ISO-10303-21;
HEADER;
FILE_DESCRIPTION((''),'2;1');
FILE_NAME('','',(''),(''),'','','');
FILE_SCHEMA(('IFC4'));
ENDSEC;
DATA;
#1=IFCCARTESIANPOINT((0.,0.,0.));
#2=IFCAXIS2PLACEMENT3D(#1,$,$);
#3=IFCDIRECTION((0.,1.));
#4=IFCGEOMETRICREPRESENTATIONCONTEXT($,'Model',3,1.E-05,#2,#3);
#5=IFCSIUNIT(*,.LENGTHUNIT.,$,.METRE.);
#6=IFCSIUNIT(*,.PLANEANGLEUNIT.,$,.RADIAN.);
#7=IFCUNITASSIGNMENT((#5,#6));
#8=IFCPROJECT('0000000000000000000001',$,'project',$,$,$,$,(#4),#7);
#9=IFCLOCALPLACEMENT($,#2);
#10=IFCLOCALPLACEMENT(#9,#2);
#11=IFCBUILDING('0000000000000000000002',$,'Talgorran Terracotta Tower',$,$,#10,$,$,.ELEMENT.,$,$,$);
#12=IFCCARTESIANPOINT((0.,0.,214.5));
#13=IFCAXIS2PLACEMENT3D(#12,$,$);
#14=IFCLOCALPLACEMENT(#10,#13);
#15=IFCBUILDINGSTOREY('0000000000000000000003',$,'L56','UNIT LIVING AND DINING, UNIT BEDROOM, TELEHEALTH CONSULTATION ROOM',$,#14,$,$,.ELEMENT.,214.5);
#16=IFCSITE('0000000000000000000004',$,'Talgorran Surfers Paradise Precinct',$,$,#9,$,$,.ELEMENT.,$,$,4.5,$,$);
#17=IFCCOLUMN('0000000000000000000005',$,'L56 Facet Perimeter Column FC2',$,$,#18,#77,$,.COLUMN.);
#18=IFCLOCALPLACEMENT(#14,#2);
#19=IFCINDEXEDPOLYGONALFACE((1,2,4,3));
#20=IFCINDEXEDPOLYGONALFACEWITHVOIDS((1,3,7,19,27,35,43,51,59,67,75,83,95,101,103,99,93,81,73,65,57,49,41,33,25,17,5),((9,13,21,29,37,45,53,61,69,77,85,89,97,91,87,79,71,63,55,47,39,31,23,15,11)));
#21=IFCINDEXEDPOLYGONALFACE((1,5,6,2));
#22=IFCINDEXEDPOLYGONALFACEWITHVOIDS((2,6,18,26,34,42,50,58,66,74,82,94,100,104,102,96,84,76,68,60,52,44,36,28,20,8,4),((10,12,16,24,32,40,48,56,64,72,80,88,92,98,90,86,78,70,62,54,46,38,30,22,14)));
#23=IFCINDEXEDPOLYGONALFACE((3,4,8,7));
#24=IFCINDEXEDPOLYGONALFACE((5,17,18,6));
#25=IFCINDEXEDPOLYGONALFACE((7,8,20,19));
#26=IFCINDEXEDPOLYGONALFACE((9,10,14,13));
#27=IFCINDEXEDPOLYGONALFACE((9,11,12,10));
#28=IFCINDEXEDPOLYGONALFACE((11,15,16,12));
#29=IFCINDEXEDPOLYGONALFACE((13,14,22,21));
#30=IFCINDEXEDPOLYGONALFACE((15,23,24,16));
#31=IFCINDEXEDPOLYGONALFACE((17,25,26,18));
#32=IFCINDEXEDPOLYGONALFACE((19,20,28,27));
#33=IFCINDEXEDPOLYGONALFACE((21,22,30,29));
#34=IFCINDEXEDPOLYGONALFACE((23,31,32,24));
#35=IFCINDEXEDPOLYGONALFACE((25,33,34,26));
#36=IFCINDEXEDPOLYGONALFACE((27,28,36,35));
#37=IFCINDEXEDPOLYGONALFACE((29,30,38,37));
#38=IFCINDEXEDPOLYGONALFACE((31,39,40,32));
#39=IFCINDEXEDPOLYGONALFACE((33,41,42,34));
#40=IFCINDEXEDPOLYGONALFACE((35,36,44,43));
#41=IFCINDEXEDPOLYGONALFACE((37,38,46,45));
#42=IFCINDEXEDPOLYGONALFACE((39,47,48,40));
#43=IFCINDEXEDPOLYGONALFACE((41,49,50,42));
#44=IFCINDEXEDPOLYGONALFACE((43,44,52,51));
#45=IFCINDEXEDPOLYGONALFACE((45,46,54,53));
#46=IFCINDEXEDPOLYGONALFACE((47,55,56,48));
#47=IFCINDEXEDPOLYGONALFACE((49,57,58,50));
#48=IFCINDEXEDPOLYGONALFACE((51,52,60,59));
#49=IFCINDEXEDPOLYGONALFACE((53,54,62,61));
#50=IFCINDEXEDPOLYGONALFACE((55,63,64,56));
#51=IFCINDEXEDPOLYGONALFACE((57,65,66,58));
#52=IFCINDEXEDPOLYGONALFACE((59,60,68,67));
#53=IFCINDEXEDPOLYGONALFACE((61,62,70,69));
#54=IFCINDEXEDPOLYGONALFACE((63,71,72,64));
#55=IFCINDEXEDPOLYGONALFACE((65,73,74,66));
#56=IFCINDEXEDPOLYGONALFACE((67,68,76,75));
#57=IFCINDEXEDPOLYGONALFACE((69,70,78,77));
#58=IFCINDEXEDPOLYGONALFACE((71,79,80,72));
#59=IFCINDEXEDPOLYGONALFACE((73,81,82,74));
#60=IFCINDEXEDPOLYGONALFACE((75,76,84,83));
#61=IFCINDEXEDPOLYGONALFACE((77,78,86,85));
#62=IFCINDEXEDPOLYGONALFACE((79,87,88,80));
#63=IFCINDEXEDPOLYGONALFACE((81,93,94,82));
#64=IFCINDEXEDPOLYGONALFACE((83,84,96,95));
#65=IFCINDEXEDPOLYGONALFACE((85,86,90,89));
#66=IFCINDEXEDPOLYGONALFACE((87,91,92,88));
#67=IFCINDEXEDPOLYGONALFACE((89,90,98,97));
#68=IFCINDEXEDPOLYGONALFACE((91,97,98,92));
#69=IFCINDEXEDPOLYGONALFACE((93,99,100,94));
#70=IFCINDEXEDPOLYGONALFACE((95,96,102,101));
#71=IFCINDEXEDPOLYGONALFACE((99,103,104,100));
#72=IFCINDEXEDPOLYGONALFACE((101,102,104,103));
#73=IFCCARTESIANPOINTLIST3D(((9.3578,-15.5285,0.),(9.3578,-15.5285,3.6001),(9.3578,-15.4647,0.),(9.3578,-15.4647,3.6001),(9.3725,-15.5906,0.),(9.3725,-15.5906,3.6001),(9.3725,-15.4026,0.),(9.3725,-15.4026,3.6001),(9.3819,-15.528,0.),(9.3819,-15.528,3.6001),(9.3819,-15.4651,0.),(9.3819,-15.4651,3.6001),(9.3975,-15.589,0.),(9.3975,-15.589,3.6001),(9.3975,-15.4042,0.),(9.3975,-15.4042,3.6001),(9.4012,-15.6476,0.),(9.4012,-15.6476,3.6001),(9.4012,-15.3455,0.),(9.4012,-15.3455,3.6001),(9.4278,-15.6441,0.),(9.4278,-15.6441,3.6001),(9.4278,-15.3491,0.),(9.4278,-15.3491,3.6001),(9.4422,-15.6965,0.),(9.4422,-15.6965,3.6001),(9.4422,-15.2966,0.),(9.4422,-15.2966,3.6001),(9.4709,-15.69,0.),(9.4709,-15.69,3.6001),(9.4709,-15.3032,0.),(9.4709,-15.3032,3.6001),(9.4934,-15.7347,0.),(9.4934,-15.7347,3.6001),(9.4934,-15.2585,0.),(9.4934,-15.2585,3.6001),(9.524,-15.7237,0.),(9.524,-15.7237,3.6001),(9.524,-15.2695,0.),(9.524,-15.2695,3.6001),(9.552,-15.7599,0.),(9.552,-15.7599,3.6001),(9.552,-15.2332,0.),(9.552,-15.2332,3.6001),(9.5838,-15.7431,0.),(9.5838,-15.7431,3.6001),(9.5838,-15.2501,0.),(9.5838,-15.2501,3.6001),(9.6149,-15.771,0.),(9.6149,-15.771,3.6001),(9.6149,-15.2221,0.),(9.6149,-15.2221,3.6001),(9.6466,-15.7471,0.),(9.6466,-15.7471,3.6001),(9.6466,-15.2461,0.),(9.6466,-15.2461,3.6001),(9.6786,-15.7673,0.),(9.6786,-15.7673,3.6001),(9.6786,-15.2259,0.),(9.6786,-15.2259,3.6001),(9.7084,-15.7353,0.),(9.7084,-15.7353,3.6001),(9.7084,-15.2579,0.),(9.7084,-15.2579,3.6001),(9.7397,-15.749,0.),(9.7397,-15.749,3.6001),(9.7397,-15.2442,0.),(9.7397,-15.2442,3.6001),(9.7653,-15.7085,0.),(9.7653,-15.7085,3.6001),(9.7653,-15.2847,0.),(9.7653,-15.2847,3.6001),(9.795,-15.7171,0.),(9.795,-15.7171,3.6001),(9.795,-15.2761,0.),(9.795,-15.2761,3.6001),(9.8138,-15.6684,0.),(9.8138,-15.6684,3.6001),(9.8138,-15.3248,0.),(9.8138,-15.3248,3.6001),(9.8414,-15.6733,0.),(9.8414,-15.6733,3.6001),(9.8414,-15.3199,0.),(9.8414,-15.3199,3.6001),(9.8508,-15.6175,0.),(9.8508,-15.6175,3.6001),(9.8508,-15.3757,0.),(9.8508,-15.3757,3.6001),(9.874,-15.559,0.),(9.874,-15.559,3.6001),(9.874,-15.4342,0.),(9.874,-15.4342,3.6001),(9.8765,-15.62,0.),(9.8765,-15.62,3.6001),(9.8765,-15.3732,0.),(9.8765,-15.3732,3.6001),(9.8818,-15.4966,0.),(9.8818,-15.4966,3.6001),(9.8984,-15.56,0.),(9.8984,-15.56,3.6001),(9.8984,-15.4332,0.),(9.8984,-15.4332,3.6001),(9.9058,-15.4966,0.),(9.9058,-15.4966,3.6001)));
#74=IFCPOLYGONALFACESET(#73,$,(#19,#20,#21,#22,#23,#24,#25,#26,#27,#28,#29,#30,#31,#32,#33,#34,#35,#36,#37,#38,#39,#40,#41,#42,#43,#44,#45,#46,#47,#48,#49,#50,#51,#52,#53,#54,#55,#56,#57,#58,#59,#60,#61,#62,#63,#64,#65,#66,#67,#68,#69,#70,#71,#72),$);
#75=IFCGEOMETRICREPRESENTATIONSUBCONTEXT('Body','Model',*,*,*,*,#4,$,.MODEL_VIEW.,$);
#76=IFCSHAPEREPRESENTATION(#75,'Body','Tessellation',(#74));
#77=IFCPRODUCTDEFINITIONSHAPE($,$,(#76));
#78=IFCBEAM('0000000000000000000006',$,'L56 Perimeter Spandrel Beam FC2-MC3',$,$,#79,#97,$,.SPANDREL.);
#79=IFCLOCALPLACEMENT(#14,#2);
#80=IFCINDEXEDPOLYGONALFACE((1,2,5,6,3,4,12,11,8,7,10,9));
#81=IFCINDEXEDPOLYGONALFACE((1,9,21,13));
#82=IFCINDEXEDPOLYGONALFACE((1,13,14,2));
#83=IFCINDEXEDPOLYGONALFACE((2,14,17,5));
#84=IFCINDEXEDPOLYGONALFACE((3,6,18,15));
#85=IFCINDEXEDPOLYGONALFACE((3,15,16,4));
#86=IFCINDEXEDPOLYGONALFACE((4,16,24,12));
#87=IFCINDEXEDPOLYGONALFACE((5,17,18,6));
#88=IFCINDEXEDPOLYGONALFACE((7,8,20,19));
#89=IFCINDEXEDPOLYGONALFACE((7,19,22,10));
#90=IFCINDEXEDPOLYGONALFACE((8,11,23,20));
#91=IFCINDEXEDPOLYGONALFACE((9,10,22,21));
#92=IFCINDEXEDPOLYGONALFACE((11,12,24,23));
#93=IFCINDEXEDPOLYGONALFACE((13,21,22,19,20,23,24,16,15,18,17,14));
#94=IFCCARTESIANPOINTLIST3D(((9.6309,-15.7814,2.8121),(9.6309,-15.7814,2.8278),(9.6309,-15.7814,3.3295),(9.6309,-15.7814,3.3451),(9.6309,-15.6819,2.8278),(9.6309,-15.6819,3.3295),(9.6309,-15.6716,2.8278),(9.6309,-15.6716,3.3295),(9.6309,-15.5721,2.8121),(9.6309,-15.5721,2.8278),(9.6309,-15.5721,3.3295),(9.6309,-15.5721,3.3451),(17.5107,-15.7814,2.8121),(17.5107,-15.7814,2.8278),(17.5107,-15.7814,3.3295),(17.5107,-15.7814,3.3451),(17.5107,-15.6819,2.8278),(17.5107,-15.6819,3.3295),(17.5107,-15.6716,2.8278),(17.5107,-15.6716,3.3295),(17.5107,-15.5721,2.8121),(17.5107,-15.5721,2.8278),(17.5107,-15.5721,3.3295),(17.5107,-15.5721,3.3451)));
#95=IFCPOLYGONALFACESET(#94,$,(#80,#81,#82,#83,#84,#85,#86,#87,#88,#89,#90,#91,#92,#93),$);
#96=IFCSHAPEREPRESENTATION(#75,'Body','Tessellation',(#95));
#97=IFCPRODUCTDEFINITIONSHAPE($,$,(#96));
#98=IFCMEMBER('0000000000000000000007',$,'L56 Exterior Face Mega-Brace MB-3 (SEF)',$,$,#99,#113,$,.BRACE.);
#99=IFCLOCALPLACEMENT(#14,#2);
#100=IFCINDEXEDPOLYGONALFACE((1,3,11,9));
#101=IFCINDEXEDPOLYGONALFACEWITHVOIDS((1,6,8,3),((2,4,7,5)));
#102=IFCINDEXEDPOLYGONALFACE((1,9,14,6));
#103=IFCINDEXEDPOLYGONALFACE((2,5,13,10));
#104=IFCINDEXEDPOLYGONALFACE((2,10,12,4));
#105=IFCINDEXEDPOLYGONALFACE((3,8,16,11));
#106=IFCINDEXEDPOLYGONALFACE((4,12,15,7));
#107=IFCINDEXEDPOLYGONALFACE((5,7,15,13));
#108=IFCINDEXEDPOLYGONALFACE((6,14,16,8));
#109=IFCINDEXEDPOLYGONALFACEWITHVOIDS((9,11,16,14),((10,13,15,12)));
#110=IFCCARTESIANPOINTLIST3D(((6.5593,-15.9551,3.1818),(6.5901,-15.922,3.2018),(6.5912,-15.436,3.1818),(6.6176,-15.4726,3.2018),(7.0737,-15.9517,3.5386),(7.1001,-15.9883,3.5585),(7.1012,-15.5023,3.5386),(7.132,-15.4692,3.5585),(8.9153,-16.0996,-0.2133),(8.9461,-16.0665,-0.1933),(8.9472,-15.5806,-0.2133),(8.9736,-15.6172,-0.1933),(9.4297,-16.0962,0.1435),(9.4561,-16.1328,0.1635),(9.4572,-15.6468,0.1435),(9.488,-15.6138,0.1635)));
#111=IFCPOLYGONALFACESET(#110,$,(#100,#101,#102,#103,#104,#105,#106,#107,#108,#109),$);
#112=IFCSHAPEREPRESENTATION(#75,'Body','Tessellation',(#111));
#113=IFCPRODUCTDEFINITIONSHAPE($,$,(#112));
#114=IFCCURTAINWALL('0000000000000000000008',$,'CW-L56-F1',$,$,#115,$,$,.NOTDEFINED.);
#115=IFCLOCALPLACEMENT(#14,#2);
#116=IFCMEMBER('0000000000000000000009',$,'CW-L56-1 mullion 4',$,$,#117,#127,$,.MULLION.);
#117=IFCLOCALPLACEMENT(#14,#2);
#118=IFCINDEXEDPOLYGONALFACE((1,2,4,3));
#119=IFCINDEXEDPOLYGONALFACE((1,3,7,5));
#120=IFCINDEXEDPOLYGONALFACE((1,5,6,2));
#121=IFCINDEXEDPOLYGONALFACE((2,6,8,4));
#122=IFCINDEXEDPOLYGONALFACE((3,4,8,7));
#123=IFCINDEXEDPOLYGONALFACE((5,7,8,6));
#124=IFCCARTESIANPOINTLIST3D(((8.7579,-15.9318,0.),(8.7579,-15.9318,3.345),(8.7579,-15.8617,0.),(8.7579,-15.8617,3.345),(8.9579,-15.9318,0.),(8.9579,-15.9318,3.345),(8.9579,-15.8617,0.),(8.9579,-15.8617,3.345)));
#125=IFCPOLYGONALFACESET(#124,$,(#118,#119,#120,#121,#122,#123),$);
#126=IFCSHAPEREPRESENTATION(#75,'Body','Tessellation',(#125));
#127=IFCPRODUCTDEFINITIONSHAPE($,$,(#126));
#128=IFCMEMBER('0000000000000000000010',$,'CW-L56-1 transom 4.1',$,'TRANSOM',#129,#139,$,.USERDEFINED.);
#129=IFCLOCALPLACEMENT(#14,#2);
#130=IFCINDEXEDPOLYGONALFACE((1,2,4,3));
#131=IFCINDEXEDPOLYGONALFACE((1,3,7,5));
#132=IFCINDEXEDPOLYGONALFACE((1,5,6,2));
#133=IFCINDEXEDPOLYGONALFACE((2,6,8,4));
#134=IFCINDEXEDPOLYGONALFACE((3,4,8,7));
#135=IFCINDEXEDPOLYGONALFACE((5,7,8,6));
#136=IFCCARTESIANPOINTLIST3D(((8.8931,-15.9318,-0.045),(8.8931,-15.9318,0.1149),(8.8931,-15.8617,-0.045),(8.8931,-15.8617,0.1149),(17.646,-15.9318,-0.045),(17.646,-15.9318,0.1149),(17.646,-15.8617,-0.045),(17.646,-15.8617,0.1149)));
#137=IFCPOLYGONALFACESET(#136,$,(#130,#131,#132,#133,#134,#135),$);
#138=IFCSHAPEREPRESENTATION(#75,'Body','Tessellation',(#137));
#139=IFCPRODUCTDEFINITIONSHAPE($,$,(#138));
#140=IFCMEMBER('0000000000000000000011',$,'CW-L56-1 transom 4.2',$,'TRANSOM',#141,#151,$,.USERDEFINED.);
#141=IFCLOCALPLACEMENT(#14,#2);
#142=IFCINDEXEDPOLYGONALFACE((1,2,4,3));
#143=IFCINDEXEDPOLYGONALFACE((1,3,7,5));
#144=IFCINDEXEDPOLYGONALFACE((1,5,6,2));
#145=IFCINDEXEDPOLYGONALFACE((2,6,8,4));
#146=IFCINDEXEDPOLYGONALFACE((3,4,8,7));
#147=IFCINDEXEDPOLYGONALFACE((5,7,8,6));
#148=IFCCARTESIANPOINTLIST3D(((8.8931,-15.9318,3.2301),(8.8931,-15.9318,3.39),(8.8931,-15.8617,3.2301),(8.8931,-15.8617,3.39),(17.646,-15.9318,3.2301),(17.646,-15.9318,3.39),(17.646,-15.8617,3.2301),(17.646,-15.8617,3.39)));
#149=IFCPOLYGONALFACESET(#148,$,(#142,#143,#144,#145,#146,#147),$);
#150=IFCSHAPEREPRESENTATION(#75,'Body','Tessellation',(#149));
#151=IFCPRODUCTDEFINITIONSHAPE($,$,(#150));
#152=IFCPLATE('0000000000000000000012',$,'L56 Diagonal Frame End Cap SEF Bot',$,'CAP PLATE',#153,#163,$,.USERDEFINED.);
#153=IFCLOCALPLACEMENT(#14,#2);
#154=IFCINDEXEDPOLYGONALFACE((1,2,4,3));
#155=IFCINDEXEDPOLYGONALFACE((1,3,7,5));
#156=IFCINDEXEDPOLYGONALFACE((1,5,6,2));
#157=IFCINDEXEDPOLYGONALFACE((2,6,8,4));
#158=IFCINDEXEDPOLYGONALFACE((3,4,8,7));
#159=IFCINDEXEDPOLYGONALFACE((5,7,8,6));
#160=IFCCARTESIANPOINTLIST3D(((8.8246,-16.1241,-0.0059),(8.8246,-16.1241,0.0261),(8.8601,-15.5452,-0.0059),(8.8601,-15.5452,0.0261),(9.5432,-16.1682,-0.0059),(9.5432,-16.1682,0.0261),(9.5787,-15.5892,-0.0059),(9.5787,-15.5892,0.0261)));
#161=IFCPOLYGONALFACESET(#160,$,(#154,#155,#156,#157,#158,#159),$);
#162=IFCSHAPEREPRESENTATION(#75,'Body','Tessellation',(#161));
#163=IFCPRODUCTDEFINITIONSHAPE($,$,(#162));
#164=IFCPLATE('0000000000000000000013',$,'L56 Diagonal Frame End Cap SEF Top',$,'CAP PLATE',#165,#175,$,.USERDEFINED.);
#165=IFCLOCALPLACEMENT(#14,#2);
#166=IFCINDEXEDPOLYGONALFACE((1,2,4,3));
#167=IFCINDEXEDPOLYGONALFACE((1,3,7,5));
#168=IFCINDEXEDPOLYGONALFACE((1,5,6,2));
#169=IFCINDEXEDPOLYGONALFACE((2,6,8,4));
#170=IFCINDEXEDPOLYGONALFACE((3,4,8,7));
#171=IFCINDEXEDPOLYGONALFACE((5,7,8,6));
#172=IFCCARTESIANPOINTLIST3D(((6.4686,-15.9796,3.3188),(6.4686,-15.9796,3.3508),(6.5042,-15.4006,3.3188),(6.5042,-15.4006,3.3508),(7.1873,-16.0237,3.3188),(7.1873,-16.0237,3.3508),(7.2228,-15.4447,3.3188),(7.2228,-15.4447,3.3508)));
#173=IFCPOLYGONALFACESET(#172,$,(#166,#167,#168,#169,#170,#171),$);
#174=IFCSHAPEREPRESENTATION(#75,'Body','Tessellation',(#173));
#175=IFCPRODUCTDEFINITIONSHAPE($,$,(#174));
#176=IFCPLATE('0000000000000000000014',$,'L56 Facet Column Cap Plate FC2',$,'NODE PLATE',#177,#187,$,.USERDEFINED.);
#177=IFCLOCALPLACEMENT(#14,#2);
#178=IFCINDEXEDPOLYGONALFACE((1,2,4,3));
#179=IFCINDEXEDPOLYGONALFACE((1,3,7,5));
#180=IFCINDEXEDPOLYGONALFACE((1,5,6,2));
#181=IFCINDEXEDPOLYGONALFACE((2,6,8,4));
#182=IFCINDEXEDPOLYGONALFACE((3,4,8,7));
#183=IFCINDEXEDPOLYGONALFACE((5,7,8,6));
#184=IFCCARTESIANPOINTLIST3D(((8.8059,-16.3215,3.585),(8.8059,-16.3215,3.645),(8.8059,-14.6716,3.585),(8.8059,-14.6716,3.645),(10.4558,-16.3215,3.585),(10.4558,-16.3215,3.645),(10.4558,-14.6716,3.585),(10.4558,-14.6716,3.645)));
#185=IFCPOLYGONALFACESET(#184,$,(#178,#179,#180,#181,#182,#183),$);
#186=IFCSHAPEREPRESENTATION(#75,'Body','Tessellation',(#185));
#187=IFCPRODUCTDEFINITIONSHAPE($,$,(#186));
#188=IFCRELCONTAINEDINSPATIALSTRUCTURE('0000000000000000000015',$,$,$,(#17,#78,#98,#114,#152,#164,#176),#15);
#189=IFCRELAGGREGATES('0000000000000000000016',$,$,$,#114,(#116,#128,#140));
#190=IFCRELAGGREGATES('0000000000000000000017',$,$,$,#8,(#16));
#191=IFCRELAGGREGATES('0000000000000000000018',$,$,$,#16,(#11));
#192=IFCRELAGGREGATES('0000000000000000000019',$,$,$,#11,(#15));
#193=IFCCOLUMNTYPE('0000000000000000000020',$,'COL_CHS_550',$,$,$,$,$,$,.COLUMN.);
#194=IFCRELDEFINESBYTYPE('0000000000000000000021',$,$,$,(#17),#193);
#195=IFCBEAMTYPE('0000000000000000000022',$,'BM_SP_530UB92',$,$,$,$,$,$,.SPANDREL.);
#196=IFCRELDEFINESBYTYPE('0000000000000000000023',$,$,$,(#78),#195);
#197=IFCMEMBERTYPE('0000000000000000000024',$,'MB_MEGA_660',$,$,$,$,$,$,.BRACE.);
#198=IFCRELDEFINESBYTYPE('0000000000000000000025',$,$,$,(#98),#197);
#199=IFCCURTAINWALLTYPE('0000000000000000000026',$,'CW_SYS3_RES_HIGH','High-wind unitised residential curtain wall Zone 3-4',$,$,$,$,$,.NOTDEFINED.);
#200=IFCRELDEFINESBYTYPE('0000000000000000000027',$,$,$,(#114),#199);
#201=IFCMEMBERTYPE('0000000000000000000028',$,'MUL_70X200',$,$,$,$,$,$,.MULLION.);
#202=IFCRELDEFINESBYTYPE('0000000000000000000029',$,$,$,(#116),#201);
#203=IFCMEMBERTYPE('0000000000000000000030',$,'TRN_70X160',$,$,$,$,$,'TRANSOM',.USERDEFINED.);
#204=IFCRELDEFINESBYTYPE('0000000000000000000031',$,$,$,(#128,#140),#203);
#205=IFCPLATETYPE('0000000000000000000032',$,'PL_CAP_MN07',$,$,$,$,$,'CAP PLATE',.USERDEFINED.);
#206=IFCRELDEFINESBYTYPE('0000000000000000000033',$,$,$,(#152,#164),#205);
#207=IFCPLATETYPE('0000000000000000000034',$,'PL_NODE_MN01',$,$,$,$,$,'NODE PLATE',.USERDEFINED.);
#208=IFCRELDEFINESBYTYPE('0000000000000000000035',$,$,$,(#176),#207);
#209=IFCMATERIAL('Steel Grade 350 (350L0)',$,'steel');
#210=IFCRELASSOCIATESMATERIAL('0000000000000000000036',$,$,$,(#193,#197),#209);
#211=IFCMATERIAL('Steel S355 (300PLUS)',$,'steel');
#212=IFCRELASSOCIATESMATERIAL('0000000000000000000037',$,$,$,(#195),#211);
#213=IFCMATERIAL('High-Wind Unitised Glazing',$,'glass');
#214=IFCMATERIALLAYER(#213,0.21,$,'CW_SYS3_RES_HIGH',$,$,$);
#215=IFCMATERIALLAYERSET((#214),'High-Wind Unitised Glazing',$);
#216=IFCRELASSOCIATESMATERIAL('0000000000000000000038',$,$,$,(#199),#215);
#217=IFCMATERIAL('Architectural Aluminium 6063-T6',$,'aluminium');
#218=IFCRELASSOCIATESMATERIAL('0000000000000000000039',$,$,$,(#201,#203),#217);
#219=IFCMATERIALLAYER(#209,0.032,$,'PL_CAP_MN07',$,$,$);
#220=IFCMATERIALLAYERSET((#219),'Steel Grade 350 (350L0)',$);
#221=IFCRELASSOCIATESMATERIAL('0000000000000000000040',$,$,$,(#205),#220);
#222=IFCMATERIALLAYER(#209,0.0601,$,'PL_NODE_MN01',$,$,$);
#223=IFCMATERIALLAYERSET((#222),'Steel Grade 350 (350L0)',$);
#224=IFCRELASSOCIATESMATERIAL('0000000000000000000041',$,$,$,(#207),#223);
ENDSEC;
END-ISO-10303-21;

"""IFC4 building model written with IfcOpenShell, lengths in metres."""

from ifc_helpers import new_model, si_unit, direction, frame, origin, origin_2d, place, context, subcontext, project, spatial, rectangle, hollow_rectangle, hollow_circle, i_section, extrude, material, layer, layer_set, material_profile, profile_set, type_object, element, aggregate, save


model = new_model("IFC4")

# Units and contexts
model_context = context("Model", 3, precision=1e-05, world=origin(), true_north=direction((0.0, 1.0)))
body_context = subcontext(model_context, "Body", "Model", "MODEL_VIEW")
ifc_project = project(units=[si_unit("LENGTHUNIT", "METRE"), si_unit("PLANEANGLEUNIT", "RADIAN")], contexts=[model_context])

# Site, building, storey
site_placement = place(None, origin())
site = spatial("IfcSite", under=ifc_project, at=site_placement, Name="Talgorran Surfers Paradise Precinct", CompositionType="ELEMENT", RefElevation=4.5)
building_placement = place(site_placement, origin())
building = spatial("IfcBuilding", under=site, at=building_placement, Name="Talgorran Terracotta Tower", CompositionType="ELEMENT")
storey_placement = place(building_placement, frame((0.0, 0.0, 214.5)))
storey = spatial("IfcBuildingStorey", under=building, at=storey_placement, Name="L56", Description="UNIT LIVING AND DINING, UNIT BEDROOM, TELEHEALTH CONSULTATION ROOM", CompositionType="ELEMENT", Elevation=214.5)

# Column
ifc_material_1 = material(Name="Steel Grade 350 (350L0)", Category="steel")
ifc_material_profile_1 = material_profile(ifc_material_1, hollow_circle(Radius=0.2749, WallThickness=0.0239, at=origin_2d()), Name="CHS550X24")
ifc_profile_set_1 = profile_set([ifc_material_profile_1], Name="Steel Grade 350 (350L0)")
column_type = type_object("IfcColumnType", Name="COL_CHS_550", PredefinedType="COLUMN", material=ifc_profile_set_1)
column_placement = place(storey_placement, frame((9.6309, -15.4966, 0.0), z_axis=(0.0, 0.0, 1.0), x_axis=(1.0, 0.0, 0.0)))
element("IfcColumn", 1, at=column_placement, inside=storey, type_object=column_type, Name="L56 Facet Perimeter Column FC2", PredefinedType="COLUMN", context=body_context, shape_type="SweptSolid", body=[
    extrude(hollow_circle(Radius=0.2749, WallThickness=0.0239, at=origin_2d()), origin(), (0.0, 0.0, 1.0), 3.6001),
])

# Beam
ifc_material_2 = material(Name="Steel S355 (300PLUS)", Category="steel")
ifc_material_profile_2 = material_profile(ifc_material_2, i_section(OverallWidth=0.2092, OverallDepth=0.533, WebThickness=0.0103, FlangeThickness=0.0156, at=origin_2d()), Name="530UB92.4")
ifc_profile_set_2 = profile_set([ifc_material_profile_2], Name="Steel S355 (300PLUS)")
beam_type = type_object("IfcBeamType", Name="BM_SP_530UB92", PredefinedType="SPANDREL", material=ifc_profile_set_2)
beam_placement = place(storey_placement, frame((9.6309, -15.6768, 3.0786), z_axis=(1.0, 0.0, 0.0), x_axis=(0.0, 1.0, 0.0)))
element("IfcBeam", 2, at=beam_placement, inside=storey, type_object=beam_type, Name="L56 Perimeter Spandrel Beam FC2-MC3", PredefinedType="SPANDREL", context=body_context, shape_type="SweptSolid", body=[
    extrude(i_section(OverallWidth=0.2092, OverallDepth=0.533, WebThickness=0.0103, FlangeThickness=0.0156, at=origin_2d()), origin(), (0.0, 0.0, 1.0), 7.8799),
])

# Member
ifc_material_profile_3 = material_profile(ifc_material_1, hollow_rectangle(XDim=0.52, YDim=0.6599, WallThickness=0.0349, at=origin_2d()), Name="WBOX660X520X35")
ifc_profile_set_3 = profile_set([ifc_material_profile_3], Name="Steel Grade 350 (350L0)")
member_type_1 = type_object("IfcMemberType", Name="MB_MEGA_660", PredefinedType="BRACE", material=ifc_profile_set_3)
member_1_placement = place(storey_placement, frame((9.2017, -15.8567, -0.0249), z_axis=(-0.569771, 0.034954, 0.82106), x_axis=(-0.061232, -0.998124, 0.0)))
element("IfcMember", 3, at=member_1_placement, inside=storey, type_object=member_type_1, Name="L56 Exterior Face Mega-Brace MB-3 (SEF)", PredefinedType="BRACE", context=body_context, shape_type="SweptSolid", body=[
    extrude(hollow_rectangle(XDim=0.52, YDim=0.6599, WallThickness=0.0349, at=origin_2d()), origin(), (0.0, 0.0, 1.0), 4.135),
])

# Curtain wall, members
ifc_material_3 = material(Name="High-Wind Unitised Glazing", Category="glass")
ifc_layer_1 = layer(ifc_material_3, 0.21, Name="CW_SYS3_RES_HIGH")
ifc_layer_set_1 = layer_set([ifc_layer_1], Name="High-Wind Unitised Glazing")
curtain_wall_type = type_object("IfcCurtainWallType", Name="CW_SYS3_RES_HIGH", Description="High-wind unitised residential curtain wall Zone 3-4", PredefinedType="NOTDEFINED", material=ifc_layer_set_1)
curtain_wall_placement = place(storey_placement, origin())
curtain_wall = element("IfcCurtainWall", 4, at=curtain_wall_placement, inside=storey, type_object=curtain_wall_type, Name="CW-L56-F1", PredefinedType="NOTDEFINED")
ifc_material_4 = material(Name="Architectural Aluminium 6063-T6", Category="aluminium")
ifc_material_profile_4 = material_profile(ifc_material_4, rectangle(XDim=0.0701, YDim=0.2, at=origin_2d()), Name="CWM70X200")
ifc_profile_set_4 = profile_set([ifc_material_profile_4], Name="Architectural Aluminium 6063-T6")
member_type_2 = type_object("IfcMemberType", Name="MUL_70X200", PredefinedType="MULLION", material=ifc_profile_set_4)
member_2_placement = place(storey_placement, frame((8.8579, -15.8967, 0.0), z_axis=(0.0, 0.0, 1.0), x_axis=(0.0, 1.0, 0.0)))
member_2 = element("IfcMember", 5, at=member_2_placement, type_object=member_type_2, Name="CW-L56-1 mullion 4", PredefinedType="MULLION", context=body_context, shape_type="SweptSolid", body=[
    extrude(rectangle(XDim=0.0701, YDim=0.2, at=origin_2d()), origin(), (0.0, 0.0, 1.0), 3.345),
])
ifc_material_profile_5 = material_profile(ifc_material_4, rectangle(XDim=0.0701, YDim=0.1599, at=origin_2d()), Name="CWT70X160")
ifc_profile_set_5 = profile_set([ifc_material_profile_5], Name="Architectural Aluminium 6063-T6")
member_type_3 = type_object("IfcMemberType", Name="TRN_70X160", ElementType="TRANSOM", PredefinedType="USERDEFINED", material=ifc_profile_set_5)
member_3_placement = place(storey_placement, frame((8.8931, -15.8967, 0.0349), z_axis=(1.0, 0.0, 0.0), x_axis=(0.0, 1.0, 0.0)))
member_3 = element("IfcMember", 6, at=member_3_placement, type_object=member_type_3, Name="CW-L56-1 transom 4.1", ObjectType="TRANSOM", PredefinedType="USERDEFINED", context=body_context, shape_type="SweptSolid", body=[
    extrude(rectangle(XDim=0.0701, YDim=0.1599, at=origin_2d()), origin(), (0.0, 0.0, 1.0), 8.7529),
])
member_4_placement = place(storey_placement, frame((8.8931, -15.8967, 3.3101), z_axis=(1.0, 0.0, 0.0), x_axis=(0.0, 1.0, 0.0)))
member_4 = element("IfcMember", 7, at=member_4_placement, type_object=member_type_3, Name="CW-L56-1 transom 4.2", ObjectType="TRANSOM", PredefinedType="USERDEFINED", context=body_context, shape_type="SweptSolid", body=[
    extrude(rectangle(XDim=0.0701, YDim=0.1599, at=origin_2d()), origin(), (0.0, 0.0, 1.0), 8.7529),
])
aggregate(curtain_wall, [member_2, member_3, member_4])

# Plates
ifc_layer_2 = layer(ifc_material_1, 0.032, Name="PL_CAP_MN07")
ifc_layer_set_2 = layer_set([ifc_layer_2], Name="Steel Grade 350 (350L0)")
plate_type_1 = type_object("IfcPlateType", Name="PL_CAP_MN07", ElementType="CAP PLATE", PredefinedType="USERDEFINED", material=ifc_layer_set_2)
for number, where, z_axis, x_axis, name in (
    (8, (9.2017, -15.8567, -0.0059), (0.0, 0.0, 1.0), (-0.998124, 0.061223, 0.0), "L56 Diagonal Frame End Cap SEF Bot"),
    (9, (6.8457, -15.7122, 3.3188), (0.0, 0.0, 1.0), (-0.998124, 0.061223, 0.0), "L56 Diagonal Frame End Cap SEF Top"),
):
    element("IfcPlate", number, at=place(storey_placement, frame(where, z_axis=z_axis, x_axis=x_axis)), inside=storey, type_object=plate_type_1, Name=name, ObjectType="CAP PLATE", PredefinedType="USERDEFINED", context=body_context, shape_type="SweptSolid", body=[
        extrude(rectangle(XDim=0.72, YDim=0.5801, at=origin_2d()), origin(), (0.0, 0.0, 1.0), 0.032),
    ])
ifc_layer_3 = layer(ifc_material_1, 0.0601, Name="PL_NODE_MN01")
ifc_layer_set_3 = layer_set([ifc_layer_3], Name="Steel Grade 350 (350L0)")
plate_type_2 = type_object("IfcPlateType", Name="PL_NODE_MN01", ElementType="NODE PLATE", PredefinedType="USERDEFINED", material=ifc_layer_set_3)
plate_placement = place(storey_placement, frame((9.6309, -15.4966, 3.585), z_axis=(0.0, 0.0, 1.0), x_axis=(1.0, 0.0, 0.0)))
element("IfcPlate", 10, at=plate_placement, inside=storey, type_object=plate_type_2, Name="L56 Facet Column Cap Plate FC2", ObjectType="NODE PLATE", PredefinedType="USERDEFINED", context=body_context, shape_type="SweptSolid", body=[
    extrude(rectangle(XDim=1.6499, YDim=1.6499, at=origin_2d()), origin(), (0.0, 0.0, 1.0), 0.0601),
])

save(model, "model.ifc")
